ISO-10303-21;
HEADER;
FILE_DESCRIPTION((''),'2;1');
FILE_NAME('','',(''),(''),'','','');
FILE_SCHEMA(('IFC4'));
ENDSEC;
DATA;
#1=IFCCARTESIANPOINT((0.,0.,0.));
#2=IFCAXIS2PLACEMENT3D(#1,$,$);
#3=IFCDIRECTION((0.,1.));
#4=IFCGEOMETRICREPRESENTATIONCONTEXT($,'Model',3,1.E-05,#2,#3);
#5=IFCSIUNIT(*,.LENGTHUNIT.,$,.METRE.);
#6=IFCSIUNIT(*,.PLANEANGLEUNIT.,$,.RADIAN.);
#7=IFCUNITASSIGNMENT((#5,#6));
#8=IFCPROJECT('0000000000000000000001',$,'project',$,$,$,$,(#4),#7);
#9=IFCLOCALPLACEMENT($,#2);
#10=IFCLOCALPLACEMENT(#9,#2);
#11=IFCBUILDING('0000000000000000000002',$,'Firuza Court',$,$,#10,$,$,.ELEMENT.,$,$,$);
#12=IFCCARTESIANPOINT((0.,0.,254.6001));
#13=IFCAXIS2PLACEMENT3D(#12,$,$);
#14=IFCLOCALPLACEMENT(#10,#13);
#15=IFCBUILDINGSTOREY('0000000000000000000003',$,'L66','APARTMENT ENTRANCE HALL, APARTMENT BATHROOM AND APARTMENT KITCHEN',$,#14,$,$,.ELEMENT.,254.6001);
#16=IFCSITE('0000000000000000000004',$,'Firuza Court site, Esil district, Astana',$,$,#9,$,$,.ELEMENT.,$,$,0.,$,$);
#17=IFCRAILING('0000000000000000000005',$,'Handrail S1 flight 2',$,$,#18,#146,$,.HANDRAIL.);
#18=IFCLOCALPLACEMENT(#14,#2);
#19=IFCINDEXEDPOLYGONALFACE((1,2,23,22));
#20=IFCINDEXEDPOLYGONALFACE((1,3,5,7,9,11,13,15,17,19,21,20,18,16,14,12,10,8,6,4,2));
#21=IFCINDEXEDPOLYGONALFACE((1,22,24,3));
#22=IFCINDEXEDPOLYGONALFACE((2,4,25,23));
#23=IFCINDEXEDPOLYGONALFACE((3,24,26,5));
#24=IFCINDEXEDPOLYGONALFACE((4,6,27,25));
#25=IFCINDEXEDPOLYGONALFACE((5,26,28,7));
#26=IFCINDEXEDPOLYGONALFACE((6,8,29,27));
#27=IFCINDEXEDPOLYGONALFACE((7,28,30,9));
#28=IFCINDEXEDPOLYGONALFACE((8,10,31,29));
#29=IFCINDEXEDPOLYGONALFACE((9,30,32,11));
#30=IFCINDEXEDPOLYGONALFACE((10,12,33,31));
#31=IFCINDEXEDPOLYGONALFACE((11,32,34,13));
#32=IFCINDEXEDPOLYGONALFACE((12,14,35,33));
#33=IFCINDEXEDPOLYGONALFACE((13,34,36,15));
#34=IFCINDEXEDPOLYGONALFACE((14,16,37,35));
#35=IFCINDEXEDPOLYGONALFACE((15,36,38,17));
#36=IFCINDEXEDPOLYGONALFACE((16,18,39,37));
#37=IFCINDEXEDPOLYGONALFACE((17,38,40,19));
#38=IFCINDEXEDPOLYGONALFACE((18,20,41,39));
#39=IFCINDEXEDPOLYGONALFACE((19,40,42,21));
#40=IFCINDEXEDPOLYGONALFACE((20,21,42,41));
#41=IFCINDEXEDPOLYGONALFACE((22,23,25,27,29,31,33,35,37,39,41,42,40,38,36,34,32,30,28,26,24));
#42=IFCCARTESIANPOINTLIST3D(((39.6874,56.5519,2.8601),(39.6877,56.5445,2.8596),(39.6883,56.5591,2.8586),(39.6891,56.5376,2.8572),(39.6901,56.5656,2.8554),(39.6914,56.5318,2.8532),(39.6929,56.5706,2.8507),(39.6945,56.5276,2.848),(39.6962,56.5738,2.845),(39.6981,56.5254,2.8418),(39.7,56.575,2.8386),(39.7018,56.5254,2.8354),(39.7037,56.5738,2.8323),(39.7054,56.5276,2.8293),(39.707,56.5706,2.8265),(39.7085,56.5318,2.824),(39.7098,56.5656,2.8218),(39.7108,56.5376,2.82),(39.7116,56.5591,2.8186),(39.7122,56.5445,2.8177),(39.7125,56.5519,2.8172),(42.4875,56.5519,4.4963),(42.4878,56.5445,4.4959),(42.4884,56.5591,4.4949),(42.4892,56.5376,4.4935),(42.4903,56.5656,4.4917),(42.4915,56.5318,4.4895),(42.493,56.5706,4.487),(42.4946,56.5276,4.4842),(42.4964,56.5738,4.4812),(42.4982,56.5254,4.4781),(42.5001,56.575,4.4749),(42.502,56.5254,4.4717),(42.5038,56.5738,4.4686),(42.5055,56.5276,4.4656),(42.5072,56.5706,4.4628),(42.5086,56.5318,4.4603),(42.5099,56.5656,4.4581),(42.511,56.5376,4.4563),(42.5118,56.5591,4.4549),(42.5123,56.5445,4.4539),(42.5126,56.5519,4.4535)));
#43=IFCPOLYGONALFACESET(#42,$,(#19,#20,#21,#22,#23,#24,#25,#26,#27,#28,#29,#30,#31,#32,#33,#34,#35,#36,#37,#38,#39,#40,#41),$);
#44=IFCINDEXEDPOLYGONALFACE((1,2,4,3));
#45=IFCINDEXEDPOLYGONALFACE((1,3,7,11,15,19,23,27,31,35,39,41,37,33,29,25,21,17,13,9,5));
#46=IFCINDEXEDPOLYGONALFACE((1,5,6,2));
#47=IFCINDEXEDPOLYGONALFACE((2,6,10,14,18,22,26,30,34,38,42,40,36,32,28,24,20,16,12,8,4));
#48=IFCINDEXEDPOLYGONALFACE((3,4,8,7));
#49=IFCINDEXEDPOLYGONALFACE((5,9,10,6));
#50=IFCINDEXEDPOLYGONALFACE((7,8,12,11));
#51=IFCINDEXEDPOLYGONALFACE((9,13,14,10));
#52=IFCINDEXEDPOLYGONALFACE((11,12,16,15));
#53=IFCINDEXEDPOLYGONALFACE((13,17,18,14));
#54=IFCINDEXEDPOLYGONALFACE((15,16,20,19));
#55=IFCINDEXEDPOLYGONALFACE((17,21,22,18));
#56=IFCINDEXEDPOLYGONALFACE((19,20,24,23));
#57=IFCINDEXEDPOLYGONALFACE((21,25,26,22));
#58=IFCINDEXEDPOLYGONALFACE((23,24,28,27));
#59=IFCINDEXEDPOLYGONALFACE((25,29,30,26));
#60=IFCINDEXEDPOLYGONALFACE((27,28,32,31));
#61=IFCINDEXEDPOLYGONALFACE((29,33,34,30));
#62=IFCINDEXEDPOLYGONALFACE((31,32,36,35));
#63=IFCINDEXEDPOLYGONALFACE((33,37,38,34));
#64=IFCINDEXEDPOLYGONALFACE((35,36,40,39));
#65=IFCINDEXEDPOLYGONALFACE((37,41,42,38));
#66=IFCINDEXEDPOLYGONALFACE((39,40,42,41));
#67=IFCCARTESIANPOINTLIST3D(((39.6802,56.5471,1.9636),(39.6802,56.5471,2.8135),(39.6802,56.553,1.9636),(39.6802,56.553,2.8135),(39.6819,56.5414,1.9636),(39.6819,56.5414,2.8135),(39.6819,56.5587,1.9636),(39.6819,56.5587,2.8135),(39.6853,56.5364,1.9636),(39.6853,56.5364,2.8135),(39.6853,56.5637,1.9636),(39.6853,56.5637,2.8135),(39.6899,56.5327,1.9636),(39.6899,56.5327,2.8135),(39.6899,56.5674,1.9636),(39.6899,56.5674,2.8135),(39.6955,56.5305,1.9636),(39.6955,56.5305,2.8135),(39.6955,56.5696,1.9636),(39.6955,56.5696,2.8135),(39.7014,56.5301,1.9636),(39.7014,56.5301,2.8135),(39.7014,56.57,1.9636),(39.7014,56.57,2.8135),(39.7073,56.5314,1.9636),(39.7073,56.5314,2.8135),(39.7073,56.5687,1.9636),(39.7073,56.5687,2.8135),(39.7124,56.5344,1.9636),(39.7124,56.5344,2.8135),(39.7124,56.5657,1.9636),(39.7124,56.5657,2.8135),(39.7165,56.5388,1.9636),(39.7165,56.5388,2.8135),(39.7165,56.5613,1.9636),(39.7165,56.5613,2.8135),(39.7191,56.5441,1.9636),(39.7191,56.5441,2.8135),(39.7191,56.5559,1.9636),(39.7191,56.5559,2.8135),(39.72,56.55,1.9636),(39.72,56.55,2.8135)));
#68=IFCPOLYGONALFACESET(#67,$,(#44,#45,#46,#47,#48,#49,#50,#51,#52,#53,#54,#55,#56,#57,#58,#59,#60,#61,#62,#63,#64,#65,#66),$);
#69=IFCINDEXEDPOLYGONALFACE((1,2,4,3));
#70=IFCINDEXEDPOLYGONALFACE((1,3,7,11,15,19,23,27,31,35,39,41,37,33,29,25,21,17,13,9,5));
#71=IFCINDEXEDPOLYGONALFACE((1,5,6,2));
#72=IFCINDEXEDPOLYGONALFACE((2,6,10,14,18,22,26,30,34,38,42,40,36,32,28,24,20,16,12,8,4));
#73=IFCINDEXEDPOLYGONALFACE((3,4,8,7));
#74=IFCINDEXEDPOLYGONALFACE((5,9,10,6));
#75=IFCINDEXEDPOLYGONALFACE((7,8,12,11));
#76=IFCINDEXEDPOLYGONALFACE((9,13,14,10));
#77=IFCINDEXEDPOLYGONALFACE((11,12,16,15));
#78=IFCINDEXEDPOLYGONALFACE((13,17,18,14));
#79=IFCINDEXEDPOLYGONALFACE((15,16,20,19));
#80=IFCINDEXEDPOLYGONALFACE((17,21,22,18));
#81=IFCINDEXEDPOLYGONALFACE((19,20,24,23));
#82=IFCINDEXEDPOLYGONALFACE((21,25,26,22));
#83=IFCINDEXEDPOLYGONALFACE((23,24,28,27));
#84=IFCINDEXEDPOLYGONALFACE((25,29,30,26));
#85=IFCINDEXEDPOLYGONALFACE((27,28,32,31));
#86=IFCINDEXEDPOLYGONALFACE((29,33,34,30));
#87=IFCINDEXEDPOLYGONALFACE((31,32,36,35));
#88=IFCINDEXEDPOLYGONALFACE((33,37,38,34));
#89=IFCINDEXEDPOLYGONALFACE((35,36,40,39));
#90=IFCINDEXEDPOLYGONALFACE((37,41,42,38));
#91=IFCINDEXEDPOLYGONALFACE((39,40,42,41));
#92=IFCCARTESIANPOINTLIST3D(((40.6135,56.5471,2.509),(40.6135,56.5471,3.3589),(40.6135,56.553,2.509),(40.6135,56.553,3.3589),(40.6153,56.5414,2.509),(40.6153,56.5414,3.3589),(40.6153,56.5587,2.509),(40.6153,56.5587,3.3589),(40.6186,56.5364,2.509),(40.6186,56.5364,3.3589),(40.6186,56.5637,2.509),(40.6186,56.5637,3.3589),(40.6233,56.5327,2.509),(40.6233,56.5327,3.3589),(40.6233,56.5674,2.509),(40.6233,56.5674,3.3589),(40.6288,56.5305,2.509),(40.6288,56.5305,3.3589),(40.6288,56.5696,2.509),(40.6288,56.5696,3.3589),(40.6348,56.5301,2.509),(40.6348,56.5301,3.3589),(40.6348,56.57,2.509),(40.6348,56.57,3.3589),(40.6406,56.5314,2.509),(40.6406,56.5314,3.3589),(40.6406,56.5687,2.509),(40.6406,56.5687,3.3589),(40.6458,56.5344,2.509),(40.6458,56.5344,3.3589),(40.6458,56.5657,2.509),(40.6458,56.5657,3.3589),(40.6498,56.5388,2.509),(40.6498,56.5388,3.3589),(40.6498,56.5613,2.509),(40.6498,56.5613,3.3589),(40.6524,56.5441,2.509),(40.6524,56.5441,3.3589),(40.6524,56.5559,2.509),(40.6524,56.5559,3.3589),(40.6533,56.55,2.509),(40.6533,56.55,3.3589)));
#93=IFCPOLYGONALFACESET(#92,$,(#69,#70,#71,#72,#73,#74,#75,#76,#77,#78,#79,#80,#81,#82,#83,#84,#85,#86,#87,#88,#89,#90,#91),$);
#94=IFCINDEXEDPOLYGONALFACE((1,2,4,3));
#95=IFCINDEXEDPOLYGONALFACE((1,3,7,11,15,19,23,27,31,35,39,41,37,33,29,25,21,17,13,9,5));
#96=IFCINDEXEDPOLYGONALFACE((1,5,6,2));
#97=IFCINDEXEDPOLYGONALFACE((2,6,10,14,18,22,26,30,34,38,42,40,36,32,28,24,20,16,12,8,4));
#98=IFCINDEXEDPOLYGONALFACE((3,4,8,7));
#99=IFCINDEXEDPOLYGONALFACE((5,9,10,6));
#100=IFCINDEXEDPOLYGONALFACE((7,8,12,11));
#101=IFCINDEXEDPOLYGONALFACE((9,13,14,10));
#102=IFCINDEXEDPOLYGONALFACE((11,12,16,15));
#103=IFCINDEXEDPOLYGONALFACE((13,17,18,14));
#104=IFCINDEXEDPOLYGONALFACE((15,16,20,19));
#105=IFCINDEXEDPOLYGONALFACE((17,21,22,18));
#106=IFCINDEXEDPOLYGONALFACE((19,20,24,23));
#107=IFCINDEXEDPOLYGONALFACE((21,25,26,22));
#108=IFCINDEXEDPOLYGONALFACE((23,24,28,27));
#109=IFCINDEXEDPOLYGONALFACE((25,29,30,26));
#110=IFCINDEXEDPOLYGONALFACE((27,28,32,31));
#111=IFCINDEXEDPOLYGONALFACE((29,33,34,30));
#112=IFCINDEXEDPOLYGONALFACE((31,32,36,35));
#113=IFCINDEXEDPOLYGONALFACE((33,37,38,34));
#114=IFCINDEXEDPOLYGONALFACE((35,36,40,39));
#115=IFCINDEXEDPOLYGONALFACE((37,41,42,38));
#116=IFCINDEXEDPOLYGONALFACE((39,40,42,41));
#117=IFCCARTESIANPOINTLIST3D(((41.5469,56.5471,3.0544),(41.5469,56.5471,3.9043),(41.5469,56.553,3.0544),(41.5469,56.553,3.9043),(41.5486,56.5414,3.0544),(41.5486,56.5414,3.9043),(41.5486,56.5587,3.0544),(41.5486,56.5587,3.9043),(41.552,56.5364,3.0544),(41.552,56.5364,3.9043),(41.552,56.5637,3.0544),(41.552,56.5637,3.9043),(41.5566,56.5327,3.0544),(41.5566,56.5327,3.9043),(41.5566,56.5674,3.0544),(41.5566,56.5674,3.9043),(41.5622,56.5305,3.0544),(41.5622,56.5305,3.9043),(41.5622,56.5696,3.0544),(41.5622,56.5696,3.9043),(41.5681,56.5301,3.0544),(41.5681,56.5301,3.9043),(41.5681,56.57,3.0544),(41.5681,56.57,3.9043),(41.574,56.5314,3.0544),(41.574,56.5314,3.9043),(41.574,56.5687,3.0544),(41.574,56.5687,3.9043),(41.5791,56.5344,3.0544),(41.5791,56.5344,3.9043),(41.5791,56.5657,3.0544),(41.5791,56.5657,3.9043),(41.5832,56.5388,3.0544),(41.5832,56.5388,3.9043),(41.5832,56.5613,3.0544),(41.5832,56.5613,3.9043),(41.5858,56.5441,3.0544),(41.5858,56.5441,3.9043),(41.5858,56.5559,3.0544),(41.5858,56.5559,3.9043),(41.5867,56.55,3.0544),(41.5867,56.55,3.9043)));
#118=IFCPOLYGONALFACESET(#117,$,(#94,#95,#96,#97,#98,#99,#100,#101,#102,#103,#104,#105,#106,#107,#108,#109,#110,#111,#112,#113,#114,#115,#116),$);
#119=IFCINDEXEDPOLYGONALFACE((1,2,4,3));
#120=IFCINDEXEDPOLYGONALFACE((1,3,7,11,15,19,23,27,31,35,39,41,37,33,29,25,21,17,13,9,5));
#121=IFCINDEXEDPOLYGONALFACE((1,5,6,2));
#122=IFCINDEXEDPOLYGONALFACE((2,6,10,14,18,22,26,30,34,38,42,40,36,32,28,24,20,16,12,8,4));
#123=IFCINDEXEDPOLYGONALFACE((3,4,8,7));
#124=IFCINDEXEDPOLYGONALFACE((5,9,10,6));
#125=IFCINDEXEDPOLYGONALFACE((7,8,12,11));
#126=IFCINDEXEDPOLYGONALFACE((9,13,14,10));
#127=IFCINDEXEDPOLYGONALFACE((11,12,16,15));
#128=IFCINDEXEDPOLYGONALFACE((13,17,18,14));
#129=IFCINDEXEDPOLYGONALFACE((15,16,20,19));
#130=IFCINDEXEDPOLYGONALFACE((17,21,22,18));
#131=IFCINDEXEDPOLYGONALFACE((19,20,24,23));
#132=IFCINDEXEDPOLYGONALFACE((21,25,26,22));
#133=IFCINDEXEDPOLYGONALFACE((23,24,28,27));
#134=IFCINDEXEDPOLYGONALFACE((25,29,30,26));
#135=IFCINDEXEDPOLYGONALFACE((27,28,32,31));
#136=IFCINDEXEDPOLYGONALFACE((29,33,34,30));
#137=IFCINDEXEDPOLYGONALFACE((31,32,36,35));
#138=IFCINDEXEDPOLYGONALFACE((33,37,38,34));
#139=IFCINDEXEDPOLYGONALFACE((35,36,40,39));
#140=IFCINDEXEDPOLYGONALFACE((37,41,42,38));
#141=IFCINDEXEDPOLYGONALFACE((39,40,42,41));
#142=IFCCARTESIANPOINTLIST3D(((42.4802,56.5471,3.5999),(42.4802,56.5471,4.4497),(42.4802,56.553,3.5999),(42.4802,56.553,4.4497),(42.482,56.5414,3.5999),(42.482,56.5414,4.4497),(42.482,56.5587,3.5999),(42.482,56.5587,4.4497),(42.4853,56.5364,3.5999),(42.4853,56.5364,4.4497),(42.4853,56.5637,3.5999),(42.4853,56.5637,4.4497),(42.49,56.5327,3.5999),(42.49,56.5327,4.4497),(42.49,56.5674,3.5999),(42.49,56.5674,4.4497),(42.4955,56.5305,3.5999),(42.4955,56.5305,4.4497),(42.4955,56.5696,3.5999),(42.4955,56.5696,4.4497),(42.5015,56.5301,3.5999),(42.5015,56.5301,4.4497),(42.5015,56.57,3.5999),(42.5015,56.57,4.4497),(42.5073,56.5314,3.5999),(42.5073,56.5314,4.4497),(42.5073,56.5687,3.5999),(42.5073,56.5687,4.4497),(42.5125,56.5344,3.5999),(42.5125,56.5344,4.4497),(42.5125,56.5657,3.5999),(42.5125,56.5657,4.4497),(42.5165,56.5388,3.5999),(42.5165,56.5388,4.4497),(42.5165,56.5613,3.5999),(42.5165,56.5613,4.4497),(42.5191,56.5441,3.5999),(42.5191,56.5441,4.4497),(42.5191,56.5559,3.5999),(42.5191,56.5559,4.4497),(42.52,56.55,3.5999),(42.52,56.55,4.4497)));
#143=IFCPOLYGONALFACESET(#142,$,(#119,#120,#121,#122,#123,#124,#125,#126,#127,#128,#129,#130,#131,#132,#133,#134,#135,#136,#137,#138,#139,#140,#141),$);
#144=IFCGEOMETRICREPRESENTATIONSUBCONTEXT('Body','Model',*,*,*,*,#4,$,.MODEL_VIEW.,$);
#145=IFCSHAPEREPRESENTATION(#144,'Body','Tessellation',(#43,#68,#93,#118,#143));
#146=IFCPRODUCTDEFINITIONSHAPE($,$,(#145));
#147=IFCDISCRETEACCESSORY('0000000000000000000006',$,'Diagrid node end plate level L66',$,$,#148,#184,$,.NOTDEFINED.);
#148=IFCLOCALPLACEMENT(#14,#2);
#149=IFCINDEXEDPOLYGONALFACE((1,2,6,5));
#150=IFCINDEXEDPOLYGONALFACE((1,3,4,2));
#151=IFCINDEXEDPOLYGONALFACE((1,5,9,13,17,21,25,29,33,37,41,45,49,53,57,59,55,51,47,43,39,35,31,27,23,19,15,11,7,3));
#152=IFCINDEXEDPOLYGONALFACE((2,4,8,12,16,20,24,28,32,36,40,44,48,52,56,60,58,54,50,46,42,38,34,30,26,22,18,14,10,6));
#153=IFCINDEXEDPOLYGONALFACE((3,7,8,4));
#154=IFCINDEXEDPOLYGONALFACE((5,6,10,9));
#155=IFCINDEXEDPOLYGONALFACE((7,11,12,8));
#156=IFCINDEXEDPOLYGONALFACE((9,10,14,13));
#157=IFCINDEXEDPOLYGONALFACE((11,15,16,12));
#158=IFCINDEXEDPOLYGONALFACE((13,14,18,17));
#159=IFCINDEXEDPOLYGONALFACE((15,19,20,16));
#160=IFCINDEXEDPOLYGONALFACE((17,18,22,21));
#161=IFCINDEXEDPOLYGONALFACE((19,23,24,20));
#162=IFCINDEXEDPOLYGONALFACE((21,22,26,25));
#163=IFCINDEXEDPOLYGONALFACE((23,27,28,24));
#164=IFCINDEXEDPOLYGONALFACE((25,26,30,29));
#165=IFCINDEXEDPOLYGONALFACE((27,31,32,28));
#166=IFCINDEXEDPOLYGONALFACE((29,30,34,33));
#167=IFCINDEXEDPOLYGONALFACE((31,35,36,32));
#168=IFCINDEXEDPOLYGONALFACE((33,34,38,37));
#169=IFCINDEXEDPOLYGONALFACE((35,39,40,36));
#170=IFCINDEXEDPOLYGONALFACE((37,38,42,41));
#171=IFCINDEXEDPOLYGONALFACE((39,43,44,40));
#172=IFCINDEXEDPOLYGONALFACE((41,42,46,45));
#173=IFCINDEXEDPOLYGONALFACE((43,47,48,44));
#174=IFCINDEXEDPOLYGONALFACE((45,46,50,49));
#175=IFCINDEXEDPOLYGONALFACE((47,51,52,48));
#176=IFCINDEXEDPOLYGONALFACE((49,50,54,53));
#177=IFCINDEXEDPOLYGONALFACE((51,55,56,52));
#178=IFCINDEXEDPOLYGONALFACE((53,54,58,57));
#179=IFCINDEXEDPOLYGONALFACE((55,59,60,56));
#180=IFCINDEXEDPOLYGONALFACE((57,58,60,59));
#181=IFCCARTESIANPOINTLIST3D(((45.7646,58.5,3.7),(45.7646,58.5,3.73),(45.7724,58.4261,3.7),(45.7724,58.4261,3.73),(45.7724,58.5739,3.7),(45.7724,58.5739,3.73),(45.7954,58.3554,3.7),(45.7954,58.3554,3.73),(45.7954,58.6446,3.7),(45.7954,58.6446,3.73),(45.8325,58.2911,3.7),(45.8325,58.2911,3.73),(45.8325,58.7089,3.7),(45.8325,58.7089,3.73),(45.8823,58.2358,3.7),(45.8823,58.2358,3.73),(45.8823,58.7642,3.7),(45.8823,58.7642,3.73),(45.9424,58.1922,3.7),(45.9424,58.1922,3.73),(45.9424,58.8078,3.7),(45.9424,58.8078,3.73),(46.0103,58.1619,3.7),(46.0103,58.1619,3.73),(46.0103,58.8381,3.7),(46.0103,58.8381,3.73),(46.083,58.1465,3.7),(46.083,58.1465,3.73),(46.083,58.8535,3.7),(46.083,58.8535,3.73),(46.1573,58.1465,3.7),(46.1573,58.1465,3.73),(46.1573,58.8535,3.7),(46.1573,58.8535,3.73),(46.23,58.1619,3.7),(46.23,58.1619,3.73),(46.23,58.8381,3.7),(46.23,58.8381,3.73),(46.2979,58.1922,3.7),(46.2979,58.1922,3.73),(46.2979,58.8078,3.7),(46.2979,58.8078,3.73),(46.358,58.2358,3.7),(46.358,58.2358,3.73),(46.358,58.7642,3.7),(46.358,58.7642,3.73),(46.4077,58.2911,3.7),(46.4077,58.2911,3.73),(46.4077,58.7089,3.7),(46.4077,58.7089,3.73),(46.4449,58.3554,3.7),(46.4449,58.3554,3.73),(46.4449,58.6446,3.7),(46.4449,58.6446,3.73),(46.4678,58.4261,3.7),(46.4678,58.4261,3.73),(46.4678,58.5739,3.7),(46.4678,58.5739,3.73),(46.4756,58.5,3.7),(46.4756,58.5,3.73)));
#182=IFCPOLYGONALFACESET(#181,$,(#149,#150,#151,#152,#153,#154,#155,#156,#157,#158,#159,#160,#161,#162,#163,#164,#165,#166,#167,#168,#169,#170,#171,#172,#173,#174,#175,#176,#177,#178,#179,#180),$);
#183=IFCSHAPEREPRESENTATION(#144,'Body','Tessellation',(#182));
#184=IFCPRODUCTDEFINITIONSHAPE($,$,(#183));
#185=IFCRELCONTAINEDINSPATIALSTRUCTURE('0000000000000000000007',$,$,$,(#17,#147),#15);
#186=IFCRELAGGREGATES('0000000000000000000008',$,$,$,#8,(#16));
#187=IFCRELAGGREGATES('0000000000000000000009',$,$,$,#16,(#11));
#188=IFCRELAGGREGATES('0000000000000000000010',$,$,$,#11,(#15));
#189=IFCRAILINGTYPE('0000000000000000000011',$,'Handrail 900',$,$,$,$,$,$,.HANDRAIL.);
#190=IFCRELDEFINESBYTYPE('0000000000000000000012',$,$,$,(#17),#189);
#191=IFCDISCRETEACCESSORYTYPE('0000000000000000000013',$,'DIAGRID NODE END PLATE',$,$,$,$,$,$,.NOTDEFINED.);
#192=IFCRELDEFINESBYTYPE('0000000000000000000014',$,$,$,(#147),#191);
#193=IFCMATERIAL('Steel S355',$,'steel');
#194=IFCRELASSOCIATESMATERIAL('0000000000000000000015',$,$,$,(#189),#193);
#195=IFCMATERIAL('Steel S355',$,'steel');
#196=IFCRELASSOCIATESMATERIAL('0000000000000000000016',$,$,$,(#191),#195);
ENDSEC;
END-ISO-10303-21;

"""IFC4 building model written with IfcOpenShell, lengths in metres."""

from ifc_helpers import new_model, si_unit, direction, frame, origin, origin_2d, place, context, subcontext, project, spatial, circle, extrude, material, material_profile, profile_set, type_object, element, save


model = new_model("IFC4")

# Units and contexts
model_context = context("Model", 3, precision=1e-05, world=origin(), true_north=direction((0.0, 1.0)))
body_context = subcontext(model_context, "Body", "Model", "MODEL_VIEW")
ifc_project = project(units=[si_unit("LENGTHUNIT", "METRE"), si_unit("PLANEANGLEUNIT", "RADIAN")], contexts=[model_context])

# Site, building, storey
site_placement = place(None, origin())
site = spatial("IfcSite", under=ifc_project, at=site_placement, Name="Firuza Court site, Esil district, Astana", CompositionType="ELEMENT", RefElevation=0.0)
building_placement = place(site_placement, origin())
building = spatial("IfcBuilding", under=site, at=building_placement, Name="Firuza Court", CompositionType="ELEMENT")
storey_placement = place(building_placement, frame((0.0, 0.0, 254.6001)))
storey = spatial("IfcBuildingStorey", under=building, at=storey_placement, Name="L66", Description="APARTMENT ENTRANCE HALL, APARTMENT BATHROOM AND APARTMENT KITCHEN", CompositionType="ELEMENT", Elevation=254.6001)

# Railing
ifc_material_1 = material(Name="Steel S355", Category="steel")
railing_type_1 = type_object("IfcRailingType", Name="Handrail 900", PredefinedType="HANDRAIL", material=ifc_material_1)
railing_1_placement = place(storey_placement, frame((39.7, 56.55, 1.9636)))
element("IfcRailing", 1, at=railing_1_placement, inside=storey, type_object=railing_type_1, Name="Handrail S1 flight 2", PredefinedType="HANDRAIL", context=body_context, shape_type="SweptSolid", body=[
    extrude(circle(Radius=0.0249, at=origin_2d()), frame((0.0, 0.0, 0.875), z_axis=(0.863394, 0.0, 0.504531), x_axis=(0.0, 1.0, 0.0)), (0.0, 0.0, 1.0), 3.2432),
    extrude(circle(Radius=0.02, at=origin_2d()), origin(), (0.0, 0.0, 1.0), 0.8499),
    extrude(circle(Radius=0.02, at=origin_2d()), frame((0.9333, 0.0, 0.5454)), (0.0, 0.0, 1.0), 0.8499),
    extrude(circle(Radius=0.02, at=origin_2d()), frame((1.8667, 0.0, 1.0908)), (0.0, 0.0, 1.0), 0.8499),
    extrude(circle(Radius=0.02, at=origin_2d()), frame((2.8, 0.0, 1.6362)), (0.0, 0.0, 1.0), 0.8499),
])

# Discrete accessory
ifc_material_2 = material(Name="Steel S355", Category="steel")
ifc_material_profile_1 = material_profile(ifc_material_2, circle(Radius=0.3555, at=origin_2d()), Name="PL D711")
ifc_profile_set_1 = profile_set([ifc_material_profile_1], Name="Steel S355")
discrete_accessory_type = type_object("IfcDiscreteAccessoryType", Name="DIAGRID NODE END PLATE", PredefinedType="NOTDEFINED", material=ifc_profile_set_1)
for number, where, z_axis, x_axis, name in (
    (2, (46.1201, 58.5, 3.7), (0.0, 0.0, 1.0), (1.0, 0.0, 0.0), "Diagrid node end plate level L66"),
):
    element("IfcDiscreteAccessory", number, at=place(storey_placement, frame(where, z_axis=z_axis, x_axis=x_axis)), inside=storey, type_object=discrete_accessory_type, Name=name, PredefinedType="NOTDEFINED", context=body_context, shape_type="SweptSolid", body=[
        extrude(circle(Radius=0.3555, at=origin_2d()), origin(), (0.0, 0.0, 1.0), 0.03),
    ])

save(model, "model.ifc")
